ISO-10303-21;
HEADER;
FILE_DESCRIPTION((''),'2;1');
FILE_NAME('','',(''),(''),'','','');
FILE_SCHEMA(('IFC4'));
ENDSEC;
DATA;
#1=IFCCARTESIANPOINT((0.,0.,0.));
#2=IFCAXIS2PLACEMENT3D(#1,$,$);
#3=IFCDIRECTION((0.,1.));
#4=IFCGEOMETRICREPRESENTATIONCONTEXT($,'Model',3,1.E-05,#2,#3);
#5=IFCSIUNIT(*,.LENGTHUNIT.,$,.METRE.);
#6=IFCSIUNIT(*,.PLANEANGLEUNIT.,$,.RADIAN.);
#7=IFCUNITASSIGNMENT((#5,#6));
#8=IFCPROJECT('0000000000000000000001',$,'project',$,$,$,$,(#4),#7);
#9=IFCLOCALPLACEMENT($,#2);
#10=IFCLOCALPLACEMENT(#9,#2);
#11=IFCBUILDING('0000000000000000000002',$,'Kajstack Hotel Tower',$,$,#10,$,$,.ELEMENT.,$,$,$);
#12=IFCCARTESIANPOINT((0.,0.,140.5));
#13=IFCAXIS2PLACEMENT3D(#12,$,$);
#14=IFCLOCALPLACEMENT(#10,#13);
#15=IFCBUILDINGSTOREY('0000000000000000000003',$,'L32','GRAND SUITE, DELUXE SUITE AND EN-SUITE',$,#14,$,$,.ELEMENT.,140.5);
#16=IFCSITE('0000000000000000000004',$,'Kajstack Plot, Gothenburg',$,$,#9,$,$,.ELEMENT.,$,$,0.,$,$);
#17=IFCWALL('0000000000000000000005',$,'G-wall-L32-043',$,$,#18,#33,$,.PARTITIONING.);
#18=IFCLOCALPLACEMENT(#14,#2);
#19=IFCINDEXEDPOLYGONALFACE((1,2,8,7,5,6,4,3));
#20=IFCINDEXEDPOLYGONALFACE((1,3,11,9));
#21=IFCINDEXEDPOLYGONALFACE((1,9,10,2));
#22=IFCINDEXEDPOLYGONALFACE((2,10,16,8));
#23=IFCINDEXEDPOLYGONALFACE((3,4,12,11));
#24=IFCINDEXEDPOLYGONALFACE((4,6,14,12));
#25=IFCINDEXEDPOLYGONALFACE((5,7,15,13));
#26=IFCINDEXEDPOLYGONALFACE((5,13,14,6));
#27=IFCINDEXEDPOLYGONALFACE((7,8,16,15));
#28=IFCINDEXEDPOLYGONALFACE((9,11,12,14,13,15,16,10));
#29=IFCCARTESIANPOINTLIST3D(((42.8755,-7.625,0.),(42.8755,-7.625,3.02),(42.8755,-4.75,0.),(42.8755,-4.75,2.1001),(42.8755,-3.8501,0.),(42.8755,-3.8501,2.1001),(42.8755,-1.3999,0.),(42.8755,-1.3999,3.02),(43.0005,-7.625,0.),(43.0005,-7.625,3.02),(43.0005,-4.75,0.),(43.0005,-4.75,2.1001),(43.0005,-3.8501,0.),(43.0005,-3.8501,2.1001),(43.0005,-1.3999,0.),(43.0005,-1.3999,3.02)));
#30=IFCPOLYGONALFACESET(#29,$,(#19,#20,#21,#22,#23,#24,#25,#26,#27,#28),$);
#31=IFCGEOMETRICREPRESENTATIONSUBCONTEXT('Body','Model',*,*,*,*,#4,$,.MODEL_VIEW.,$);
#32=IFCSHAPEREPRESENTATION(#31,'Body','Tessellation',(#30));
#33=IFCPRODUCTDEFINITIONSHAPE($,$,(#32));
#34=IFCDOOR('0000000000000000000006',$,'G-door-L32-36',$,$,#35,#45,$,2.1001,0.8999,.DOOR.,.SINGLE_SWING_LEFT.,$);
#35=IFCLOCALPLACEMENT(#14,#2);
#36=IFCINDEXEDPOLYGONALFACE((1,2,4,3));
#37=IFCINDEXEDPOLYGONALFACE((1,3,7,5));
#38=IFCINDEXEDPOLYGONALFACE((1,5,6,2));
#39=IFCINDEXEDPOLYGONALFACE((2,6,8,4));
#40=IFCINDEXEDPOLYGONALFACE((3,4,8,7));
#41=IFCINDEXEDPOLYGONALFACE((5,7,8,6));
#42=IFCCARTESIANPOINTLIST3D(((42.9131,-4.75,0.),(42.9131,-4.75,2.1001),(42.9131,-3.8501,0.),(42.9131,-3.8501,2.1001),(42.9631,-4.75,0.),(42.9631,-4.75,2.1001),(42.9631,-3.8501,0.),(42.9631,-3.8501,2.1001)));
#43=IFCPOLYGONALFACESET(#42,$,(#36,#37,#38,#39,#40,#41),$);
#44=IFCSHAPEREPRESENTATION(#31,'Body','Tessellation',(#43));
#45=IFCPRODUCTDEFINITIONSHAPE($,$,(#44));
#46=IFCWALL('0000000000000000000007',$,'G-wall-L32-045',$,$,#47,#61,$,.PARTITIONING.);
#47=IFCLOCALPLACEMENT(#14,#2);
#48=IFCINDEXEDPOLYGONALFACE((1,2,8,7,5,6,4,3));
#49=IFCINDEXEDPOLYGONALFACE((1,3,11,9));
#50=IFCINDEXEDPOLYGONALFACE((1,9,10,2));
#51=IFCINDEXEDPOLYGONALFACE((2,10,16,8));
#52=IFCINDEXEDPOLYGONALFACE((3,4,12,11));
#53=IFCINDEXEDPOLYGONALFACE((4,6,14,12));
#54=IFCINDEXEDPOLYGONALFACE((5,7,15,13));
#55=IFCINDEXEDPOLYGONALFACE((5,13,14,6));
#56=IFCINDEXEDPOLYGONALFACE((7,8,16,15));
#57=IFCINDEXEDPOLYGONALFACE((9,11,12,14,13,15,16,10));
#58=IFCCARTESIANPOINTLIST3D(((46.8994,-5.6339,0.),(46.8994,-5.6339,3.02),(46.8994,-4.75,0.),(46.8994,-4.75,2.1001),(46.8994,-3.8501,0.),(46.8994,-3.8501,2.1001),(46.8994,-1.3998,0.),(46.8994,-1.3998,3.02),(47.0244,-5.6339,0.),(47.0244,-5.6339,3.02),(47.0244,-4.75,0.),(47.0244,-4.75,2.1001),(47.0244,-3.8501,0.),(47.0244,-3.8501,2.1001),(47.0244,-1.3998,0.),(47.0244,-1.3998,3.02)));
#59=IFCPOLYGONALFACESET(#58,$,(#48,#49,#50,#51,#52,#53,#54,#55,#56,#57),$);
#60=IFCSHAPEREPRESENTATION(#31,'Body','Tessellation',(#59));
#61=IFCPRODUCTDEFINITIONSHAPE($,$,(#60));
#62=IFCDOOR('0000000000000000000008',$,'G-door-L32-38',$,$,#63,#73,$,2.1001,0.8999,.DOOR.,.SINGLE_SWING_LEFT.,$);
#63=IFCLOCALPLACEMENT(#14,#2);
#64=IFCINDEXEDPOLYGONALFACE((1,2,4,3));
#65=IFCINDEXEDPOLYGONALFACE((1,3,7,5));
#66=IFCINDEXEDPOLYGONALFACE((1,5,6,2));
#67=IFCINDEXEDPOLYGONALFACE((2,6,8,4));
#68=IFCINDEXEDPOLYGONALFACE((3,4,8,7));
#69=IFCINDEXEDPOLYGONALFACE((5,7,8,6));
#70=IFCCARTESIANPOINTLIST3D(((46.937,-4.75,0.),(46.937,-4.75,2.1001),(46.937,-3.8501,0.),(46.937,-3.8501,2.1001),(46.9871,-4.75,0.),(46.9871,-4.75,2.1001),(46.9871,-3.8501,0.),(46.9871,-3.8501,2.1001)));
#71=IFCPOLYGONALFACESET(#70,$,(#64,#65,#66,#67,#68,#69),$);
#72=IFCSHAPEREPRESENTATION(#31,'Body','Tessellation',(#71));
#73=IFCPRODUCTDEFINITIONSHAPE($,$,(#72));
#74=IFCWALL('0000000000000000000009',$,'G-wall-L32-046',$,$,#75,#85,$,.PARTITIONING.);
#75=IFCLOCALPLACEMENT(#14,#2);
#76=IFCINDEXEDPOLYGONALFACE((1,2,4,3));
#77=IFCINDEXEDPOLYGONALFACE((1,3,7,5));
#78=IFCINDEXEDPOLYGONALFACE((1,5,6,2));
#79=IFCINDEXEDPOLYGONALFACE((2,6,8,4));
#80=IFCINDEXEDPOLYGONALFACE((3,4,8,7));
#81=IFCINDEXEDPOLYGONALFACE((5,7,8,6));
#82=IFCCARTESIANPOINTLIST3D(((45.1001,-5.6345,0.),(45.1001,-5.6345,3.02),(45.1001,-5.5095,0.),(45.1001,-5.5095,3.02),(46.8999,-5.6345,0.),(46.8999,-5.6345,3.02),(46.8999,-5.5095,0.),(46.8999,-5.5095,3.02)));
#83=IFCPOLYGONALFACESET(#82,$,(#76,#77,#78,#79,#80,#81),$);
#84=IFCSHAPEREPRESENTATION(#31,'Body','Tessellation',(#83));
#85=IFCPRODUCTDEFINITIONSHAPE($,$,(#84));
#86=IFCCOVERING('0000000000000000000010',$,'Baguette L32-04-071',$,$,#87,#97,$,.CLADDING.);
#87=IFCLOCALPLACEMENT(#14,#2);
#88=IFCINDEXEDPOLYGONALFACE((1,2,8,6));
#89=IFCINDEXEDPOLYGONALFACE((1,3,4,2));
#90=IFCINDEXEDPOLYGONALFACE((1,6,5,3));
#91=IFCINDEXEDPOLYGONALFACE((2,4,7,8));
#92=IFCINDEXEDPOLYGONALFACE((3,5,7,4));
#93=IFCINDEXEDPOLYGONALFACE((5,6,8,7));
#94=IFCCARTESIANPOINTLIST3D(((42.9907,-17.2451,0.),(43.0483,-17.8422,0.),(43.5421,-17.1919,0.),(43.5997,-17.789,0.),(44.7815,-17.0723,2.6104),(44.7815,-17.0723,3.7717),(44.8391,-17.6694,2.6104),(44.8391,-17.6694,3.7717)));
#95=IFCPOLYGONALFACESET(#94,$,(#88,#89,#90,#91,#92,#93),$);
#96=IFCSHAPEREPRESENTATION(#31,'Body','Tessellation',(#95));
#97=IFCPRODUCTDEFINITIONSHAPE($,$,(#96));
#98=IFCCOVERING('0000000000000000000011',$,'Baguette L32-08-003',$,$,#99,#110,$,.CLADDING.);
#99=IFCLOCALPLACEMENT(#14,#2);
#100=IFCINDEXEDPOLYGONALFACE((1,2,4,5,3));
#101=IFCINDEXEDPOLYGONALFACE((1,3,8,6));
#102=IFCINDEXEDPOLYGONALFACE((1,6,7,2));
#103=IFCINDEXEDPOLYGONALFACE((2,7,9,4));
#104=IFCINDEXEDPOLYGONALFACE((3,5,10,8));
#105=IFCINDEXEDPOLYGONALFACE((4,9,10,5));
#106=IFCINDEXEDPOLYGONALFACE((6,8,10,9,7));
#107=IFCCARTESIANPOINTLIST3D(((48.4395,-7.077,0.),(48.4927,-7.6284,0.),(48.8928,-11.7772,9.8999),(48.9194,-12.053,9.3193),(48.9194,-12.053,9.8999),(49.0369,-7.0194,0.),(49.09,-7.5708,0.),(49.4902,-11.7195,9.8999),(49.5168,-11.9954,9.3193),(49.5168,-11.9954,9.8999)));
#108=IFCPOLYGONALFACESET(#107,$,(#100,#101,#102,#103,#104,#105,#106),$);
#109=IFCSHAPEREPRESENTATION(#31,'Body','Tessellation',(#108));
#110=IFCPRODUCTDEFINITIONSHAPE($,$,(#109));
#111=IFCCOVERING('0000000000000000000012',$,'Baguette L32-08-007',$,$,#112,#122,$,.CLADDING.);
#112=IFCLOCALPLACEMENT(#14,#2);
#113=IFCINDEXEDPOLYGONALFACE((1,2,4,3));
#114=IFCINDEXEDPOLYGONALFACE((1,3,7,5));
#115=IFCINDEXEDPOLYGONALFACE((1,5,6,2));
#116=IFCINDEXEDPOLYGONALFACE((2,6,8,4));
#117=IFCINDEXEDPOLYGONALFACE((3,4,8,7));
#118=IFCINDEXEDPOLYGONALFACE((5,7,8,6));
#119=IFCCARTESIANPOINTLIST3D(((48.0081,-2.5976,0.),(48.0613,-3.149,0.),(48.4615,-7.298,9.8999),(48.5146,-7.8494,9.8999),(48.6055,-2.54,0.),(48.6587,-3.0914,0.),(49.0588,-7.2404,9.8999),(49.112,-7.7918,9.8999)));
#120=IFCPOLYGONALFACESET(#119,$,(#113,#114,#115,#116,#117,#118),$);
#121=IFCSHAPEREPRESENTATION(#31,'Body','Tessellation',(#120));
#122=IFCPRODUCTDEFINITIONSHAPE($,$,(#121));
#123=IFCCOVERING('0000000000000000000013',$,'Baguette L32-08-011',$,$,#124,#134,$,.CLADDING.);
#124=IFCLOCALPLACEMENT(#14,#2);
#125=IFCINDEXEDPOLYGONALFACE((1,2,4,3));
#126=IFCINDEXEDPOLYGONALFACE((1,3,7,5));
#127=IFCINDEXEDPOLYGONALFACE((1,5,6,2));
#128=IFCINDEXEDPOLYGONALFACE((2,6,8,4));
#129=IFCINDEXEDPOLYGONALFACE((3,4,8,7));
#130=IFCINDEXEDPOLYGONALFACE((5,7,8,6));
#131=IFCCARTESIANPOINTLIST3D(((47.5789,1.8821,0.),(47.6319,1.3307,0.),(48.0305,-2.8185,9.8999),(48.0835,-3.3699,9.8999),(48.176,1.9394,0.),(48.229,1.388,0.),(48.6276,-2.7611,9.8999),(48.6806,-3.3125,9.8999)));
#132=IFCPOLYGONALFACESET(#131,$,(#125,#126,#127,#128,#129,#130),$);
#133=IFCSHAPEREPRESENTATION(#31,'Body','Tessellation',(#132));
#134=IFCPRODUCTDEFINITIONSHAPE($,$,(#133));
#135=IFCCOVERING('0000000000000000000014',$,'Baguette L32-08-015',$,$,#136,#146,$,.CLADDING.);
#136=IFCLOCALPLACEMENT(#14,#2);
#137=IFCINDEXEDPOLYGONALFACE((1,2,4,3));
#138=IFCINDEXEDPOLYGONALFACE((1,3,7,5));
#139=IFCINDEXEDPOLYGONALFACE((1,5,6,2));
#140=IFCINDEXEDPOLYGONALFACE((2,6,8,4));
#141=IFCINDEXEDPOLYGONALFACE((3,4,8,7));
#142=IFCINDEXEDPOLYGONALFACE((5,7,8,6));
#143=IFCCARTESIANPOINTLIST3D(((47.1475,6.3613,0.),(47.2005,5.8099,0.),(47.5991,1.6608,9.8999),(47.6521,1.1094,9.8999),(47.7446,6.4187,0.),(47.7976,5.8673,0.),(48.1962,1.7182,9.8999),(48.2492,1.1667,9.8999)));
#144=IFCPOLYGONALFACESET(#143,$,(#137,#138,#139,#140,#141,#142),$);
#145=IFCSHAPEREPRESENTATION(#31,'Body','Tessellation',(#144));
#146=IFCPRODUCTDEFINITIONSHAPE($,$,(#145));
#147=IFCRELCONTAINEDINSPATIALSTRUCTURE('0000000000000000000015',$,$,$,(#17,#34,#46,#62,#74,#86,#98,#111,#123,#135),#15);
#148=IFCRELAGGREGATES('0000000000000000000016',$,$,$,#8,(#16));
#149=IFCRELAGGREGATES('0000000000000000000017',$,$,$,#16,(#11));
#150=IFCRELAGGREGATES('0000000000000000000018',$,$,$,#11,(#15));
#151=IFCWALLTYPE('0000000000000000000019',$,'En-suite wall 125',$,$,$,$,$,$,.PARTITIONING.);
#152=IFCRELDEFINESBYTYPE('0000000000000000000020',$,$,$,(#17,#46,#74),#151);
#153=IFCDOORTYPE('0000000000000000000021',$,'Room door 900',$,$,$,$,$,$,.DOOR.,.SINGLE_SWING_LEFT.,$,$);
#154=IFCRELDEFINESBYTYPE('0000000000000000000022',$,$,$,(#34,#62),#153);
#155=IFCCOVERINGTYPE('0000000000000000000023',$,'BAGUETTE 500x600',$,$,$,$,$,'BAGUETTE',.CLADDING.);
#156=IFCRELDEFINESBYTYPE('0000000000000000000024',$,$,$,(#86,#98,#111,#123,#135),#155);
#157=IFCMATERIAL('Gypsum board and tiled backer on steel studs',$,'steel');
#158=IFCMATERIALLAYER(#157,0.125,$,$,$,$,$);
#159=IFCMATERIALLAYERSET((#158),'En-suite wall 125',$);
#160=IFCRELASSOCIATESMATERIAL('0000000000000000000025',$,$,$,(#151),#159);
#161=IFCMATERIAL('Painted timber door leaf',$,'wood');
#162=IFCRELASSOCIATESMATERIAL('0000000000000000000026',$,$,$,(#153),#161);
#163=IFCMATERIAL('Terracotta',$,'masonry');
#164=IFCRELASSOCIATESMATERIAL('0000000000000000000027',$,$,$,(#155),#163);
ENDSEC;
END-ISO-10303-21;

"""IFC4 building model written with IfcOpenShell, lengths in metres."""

from ifc_helpers import new_model, si_unit, direction, frame, frame_2d, origin, origin_2d, place, context, subcontext, project, spatial, polyline, rectangle, outline, extrude, material, layer, layer_set, material_profile, profile_set, type_object, element, fill, save


model = new_model("IFC4")

# Units and contexts
model_context = context("Model", 3, precision=1e-05, world=origin(), true_north=direction((0.0, 1.0)))
body_context = subcontext(model_context, "Body", "Model", "MODEL_VIEW")
ifc_project = project(units=[si_unit("LENGTHUNIT", "METRE"), si_unit("PLANEANGLEUNIT", "RADIAN")], contexts=[model_context])

# Site, building, storey
site_placement = place(None, origin())
site = spatial("IfcSite", under=ifc_project, at=site_placement, Name="Kajstack Plot, Gothenburg", CompositionType="ELEMENT", RefElevation=0.0)
building_placement = place(site_placement, origin())
building = spatial("IfcBuilding", under=site, at=building_placement, Name="Kajstack Hotel Tower", CompositionType="ELEMENT")
storey_placement = place(building_placement, frame((0.0, 0.0, 140.5)))
storey = spatial("IfcBuildingStorey", under=building, at=storey_placement, Name="L32", Description="GRAND SUITE, DELUXE SUITE AND EN-SUITE", CompositionType="ELEMENT", Elevation=140.5)

# Walls, openings, doors
ifc_material_1 = material(Name="Gypsum board and tiled backer on steel studs", Category="steel")
ifc_layer_1 = layer(ifc_material_1, 0.125)
ifc_layer_set_1 = layer_set([ifc_layer_1], Name="En-suite wall 125")
wall_type_1 = type_object("IfcWallType", Name="En-suite wall 125", PredefinedType="PARTITIONING", material=ifc_layer_set_1)
wall_1_placement = place(storey_placement, frame((42.938, -7.625, 0.0), z_axis=(0.0, 0.0, 1.0), x_axis=(0.0, 1.0, 0.0)))
wall_1 = element("IfcWall", 1, at=wall_1_placement, inside=storey, type_object=wall_type_1, Name="G-wall-L32-043", PredefinedType="PARTITIONING", context=body_context, shape_type="SweptSolid", body=[
    extrude(rectangle(XDim=6.2251, YDim=0.125, at=frame_2d((3.1125, 0.0))), origin(), (0.0, 0.0, 1.0), 3.02),
])
opening_1_placement = place(wall_1_placement, frame((2.875, 0.0, 0.0)))
opening_1 = element("IfcOpeningElement", 2, at=opening_1_placement, cuts=wall_1, PredefinedType="OPENING", context=body_context, shape_type="SweptSolid", body=[
    extrude(rectangle(XDim=0.8999, YDim=2.1001, at=frame_2d((0.45, 1.05))), frame((0.0, 0.0725, 0.0), z_axis=(0.0, -1.0, 0.0), x_axis=(1.0, 0.0, 0.0)), (0.0, 0.0, 1.0), 0.145),
])
ifc_material_2 = material(Name="Painted timber door leaf", Category="wood")
door_type = type_object("IfcDoorType", Name="Room door 900", OperationType="SINGLE_SWING_LEFT", PredefinedType="DOOR", material=ifc_material_2)
door_1_placement = place(opening_1_placement, origin())
door_1 = element("IfcDoor", 3, at=door_1_placement, inside=storey, type_object=door_type, Name="G-door-L32-36", OperationType="SINGLE_SWING_LEFT", OverallHeight=2.1001, OverallWidth=0.8999, PredefinedType="DOOR", context=body_context, shape_type="SweptSolid", body=[
    extrude(rectangle(XDim=0.8999, YDim=2.1001, at=frame_2d((0.45, 1.05))), frame((0.0, 0.0249, 0.0), z_axis=(0.0, -1.0, 0.0), x_axis=(1.0, 0.0, 0.0)), (0.0, 0.0, 1.0), 0.05),
])
fill(opening_1, door_1)
wall_2_placement = place(storey_placement, frame((46.9619, -5.634, 0.0), z_axis=(0.0, 0.0, 1.0), x_axis=(0.0, 1.0, 0.0)))
wall_2 = element("IfcWall", 4, at=wall_2_placement, inside=storey, type_object=wall_type_1, Name="G-wall-L32-045", PredefinedType="PARTITIONING", context=body_context, shape_type="SweptSolid", body=[
    extrude(rectangle(XDim=4.2341, YDim=0.125, at=frame_2d((2.1172, 0.0))), origin(), (0.0, 0.0, 1.0), 3.02),
])
opening_2_placement = place(wall_2_placement, frame((0.884, 0.0, 0.0)))
opening_2 = element("IfcOpeningElement", 5, at=opening_2_placement, cuts=wall_2, PredefinedType="OPENING", context=body_context, shape_type="SweptSolid", body=[
    extrude(rectangle(XDim=0.8999, YDim=2.1001, at=frame_2d((0.45, 1.05))), frame((0.0, 0.0725, 0.0), z_axis=(0.0, -1.0, 0.0), x_axis=(1.0, 0.0, 0.0)), (0.0, 0.0, 1.0), 0.145),
])
door_2_placement = place(opening_2_placement, origin())
door_2 = element("IfcDoor", 6, at=door_2_placement, inside=storey, type_object=door_type, Name="G-door-L32-38", OperationType="SINGLE_SWING_LEFT", OverallHeight=2.1001, OverallWidth=0.8999, PredefinedType="DOOR", context=body_context, shape_type="SweptSolid", body=[
    extrude(rectangle(XDim=0.8999, YDim=2.1001, at=frame_2d((0.45, 1.05))), frame((0.0, 0.0249, 0.0), z_axis=(0.0, -1.0, 0.0), x_axis=(1.0, 0.0, 0.0)), (0.0, 0.0, 1.0), 0.05),
])
fill(opening_2, door_2)

# Wall
wall_3_placement = place(storey_placement, frame((45.1001, -5.572, 0.0), z_axis=(0.0, 0.0, 1.0), x_axis=(1.0, 0.0, 0.0)))
element("IfcWall", 7, at=wall_3_placement, inside=storey, type_object=wall_type_1, Name="G-wall-L32-046", PredefinedType="PARTITIONING", context=body_context, shape_type="SweptSolid", body=[
    extrude(rectangle(XDim=1.7998, YDim=0.125, at=frame_2d((0.8999, 0.0))), origin(), (0.0, 0.0, 1.0), 3.02),
])

# Coverings
ifc_material_3 = material(Name="Terracotta", Category="masonry")
ifc_material_profile = material_profile(ifc_material_3, rectangle(XDim=0.6001, YDim=0.5, at=origin_2d()), Name="Terracotta-clad concrete baguette 500 x 600")
ifc_profile_set = profile_set([ifc_material_profile], Name="Terracotta")
covering_type = type_object("IfcCoveringType", Name="BAGUETTE 500x600", ElementType="BAGUETTE", PredefinedType="CLADDING", material=ifc_profile_set)
covering_1_placement = place(storey_placement, frame((42.9907, -17.2451, 0.0), z_axis=(0.096038, -0.995378, 0.0), x_axis=(0.995378, 0.096038, 0.0)))
element("IfcCovering", 8, at=covering_1_placement, inside=storey, type_object=covering_type, Name="Baguette L32-04-071", PredefinedType="CLADDING", context=body_context, shape_type="SweptSolid", body=[
    extrude(outline(polyline([(0.554, 0.0), (1.7991, 2.6104), (1.7991, 3.7717), (0.0, 0.0), (0.554, 0.0)])), origin(), (0.0, 0.0, 1.0), 0.5999),
])
covering_2_placement = place(storey_placement, frame((48.9194, -12.053, 0.0), z_axis=(0.995381, 0.095999, 0.0), x_axis=(-0.095999, 0.995381, 0.0)))
element("IfcCovering", 9, at=covering_2_placement, inside=storey, type_object=covering_type, Name="Baguette L32-08-003", PredefinedType="CLADDING", context=body_context, shape_type="SweptSolid", body=[
    extrude(outline(polyline([(0.2771, 9.8999), (0.0, 9.8999), (0.0, 9.3193), (4.4451, 0.0), (4.999, 0.0), (0.2771, 9.8999)])), origin(), (0.0, 0.0, 1.0), 0.6001),
])
covering_3_placement = place(storey_placement, frame((48.5146, -7.8494, 0.0), z_axis=(0.995381, 0.095999, 0.0), x_axis=(-0.095999, 0.995381, 0.0)))
element("IfcCovering", 10, at=covering_3_placement, inside=storey, type_object=covering_type, Name="Baguette L32-08-007", PredefinedType="CLADDING", context=body_context, shape_type="SweptSolid", body=[
    extrude(outline(polyline([(0.0, 9.8999), (4.7222, 0.0), (5.2761, 0.0), (0.554, 9.8999), (0.0, 9.8999)])), origin(), (0.0, 0.0, 1.0), 0.6001),
])
for number, where, z_axis, x_axis, name in (
    (11, (48.0835, -3.3699, 0.0), (0.995416, 0.095635, 0.0), (-0.095635, 0.995416, 0.0), "Baguette L32-08-011"),
    (12, (47.6521, 1.1094, 0.0), (0.995416, 0.095635, 0.0), (-0.095635, 0.995416, 0.0), "Baguette L32-08-015"),
):
    element("IfcCovering", number, at=place(storey_placement, frame(where, z_axis=z_axis, x_axis=x_axis)), inside=storey, type_object=covering_type, Name=name, PredefinedType="CLADDING", context=body_context, shape_type="SweptSolid", body=[
        extrude(outline(polyline([(0.0, 9.8999), (4.7222, 0.0), (5.2761, 0.0), (0.554, 9.8999), (0.0, 9.8999)])), origin(), (0.0, 0.0, 1.0), 0.5999),
    ])

save(model, "model.ifc")
